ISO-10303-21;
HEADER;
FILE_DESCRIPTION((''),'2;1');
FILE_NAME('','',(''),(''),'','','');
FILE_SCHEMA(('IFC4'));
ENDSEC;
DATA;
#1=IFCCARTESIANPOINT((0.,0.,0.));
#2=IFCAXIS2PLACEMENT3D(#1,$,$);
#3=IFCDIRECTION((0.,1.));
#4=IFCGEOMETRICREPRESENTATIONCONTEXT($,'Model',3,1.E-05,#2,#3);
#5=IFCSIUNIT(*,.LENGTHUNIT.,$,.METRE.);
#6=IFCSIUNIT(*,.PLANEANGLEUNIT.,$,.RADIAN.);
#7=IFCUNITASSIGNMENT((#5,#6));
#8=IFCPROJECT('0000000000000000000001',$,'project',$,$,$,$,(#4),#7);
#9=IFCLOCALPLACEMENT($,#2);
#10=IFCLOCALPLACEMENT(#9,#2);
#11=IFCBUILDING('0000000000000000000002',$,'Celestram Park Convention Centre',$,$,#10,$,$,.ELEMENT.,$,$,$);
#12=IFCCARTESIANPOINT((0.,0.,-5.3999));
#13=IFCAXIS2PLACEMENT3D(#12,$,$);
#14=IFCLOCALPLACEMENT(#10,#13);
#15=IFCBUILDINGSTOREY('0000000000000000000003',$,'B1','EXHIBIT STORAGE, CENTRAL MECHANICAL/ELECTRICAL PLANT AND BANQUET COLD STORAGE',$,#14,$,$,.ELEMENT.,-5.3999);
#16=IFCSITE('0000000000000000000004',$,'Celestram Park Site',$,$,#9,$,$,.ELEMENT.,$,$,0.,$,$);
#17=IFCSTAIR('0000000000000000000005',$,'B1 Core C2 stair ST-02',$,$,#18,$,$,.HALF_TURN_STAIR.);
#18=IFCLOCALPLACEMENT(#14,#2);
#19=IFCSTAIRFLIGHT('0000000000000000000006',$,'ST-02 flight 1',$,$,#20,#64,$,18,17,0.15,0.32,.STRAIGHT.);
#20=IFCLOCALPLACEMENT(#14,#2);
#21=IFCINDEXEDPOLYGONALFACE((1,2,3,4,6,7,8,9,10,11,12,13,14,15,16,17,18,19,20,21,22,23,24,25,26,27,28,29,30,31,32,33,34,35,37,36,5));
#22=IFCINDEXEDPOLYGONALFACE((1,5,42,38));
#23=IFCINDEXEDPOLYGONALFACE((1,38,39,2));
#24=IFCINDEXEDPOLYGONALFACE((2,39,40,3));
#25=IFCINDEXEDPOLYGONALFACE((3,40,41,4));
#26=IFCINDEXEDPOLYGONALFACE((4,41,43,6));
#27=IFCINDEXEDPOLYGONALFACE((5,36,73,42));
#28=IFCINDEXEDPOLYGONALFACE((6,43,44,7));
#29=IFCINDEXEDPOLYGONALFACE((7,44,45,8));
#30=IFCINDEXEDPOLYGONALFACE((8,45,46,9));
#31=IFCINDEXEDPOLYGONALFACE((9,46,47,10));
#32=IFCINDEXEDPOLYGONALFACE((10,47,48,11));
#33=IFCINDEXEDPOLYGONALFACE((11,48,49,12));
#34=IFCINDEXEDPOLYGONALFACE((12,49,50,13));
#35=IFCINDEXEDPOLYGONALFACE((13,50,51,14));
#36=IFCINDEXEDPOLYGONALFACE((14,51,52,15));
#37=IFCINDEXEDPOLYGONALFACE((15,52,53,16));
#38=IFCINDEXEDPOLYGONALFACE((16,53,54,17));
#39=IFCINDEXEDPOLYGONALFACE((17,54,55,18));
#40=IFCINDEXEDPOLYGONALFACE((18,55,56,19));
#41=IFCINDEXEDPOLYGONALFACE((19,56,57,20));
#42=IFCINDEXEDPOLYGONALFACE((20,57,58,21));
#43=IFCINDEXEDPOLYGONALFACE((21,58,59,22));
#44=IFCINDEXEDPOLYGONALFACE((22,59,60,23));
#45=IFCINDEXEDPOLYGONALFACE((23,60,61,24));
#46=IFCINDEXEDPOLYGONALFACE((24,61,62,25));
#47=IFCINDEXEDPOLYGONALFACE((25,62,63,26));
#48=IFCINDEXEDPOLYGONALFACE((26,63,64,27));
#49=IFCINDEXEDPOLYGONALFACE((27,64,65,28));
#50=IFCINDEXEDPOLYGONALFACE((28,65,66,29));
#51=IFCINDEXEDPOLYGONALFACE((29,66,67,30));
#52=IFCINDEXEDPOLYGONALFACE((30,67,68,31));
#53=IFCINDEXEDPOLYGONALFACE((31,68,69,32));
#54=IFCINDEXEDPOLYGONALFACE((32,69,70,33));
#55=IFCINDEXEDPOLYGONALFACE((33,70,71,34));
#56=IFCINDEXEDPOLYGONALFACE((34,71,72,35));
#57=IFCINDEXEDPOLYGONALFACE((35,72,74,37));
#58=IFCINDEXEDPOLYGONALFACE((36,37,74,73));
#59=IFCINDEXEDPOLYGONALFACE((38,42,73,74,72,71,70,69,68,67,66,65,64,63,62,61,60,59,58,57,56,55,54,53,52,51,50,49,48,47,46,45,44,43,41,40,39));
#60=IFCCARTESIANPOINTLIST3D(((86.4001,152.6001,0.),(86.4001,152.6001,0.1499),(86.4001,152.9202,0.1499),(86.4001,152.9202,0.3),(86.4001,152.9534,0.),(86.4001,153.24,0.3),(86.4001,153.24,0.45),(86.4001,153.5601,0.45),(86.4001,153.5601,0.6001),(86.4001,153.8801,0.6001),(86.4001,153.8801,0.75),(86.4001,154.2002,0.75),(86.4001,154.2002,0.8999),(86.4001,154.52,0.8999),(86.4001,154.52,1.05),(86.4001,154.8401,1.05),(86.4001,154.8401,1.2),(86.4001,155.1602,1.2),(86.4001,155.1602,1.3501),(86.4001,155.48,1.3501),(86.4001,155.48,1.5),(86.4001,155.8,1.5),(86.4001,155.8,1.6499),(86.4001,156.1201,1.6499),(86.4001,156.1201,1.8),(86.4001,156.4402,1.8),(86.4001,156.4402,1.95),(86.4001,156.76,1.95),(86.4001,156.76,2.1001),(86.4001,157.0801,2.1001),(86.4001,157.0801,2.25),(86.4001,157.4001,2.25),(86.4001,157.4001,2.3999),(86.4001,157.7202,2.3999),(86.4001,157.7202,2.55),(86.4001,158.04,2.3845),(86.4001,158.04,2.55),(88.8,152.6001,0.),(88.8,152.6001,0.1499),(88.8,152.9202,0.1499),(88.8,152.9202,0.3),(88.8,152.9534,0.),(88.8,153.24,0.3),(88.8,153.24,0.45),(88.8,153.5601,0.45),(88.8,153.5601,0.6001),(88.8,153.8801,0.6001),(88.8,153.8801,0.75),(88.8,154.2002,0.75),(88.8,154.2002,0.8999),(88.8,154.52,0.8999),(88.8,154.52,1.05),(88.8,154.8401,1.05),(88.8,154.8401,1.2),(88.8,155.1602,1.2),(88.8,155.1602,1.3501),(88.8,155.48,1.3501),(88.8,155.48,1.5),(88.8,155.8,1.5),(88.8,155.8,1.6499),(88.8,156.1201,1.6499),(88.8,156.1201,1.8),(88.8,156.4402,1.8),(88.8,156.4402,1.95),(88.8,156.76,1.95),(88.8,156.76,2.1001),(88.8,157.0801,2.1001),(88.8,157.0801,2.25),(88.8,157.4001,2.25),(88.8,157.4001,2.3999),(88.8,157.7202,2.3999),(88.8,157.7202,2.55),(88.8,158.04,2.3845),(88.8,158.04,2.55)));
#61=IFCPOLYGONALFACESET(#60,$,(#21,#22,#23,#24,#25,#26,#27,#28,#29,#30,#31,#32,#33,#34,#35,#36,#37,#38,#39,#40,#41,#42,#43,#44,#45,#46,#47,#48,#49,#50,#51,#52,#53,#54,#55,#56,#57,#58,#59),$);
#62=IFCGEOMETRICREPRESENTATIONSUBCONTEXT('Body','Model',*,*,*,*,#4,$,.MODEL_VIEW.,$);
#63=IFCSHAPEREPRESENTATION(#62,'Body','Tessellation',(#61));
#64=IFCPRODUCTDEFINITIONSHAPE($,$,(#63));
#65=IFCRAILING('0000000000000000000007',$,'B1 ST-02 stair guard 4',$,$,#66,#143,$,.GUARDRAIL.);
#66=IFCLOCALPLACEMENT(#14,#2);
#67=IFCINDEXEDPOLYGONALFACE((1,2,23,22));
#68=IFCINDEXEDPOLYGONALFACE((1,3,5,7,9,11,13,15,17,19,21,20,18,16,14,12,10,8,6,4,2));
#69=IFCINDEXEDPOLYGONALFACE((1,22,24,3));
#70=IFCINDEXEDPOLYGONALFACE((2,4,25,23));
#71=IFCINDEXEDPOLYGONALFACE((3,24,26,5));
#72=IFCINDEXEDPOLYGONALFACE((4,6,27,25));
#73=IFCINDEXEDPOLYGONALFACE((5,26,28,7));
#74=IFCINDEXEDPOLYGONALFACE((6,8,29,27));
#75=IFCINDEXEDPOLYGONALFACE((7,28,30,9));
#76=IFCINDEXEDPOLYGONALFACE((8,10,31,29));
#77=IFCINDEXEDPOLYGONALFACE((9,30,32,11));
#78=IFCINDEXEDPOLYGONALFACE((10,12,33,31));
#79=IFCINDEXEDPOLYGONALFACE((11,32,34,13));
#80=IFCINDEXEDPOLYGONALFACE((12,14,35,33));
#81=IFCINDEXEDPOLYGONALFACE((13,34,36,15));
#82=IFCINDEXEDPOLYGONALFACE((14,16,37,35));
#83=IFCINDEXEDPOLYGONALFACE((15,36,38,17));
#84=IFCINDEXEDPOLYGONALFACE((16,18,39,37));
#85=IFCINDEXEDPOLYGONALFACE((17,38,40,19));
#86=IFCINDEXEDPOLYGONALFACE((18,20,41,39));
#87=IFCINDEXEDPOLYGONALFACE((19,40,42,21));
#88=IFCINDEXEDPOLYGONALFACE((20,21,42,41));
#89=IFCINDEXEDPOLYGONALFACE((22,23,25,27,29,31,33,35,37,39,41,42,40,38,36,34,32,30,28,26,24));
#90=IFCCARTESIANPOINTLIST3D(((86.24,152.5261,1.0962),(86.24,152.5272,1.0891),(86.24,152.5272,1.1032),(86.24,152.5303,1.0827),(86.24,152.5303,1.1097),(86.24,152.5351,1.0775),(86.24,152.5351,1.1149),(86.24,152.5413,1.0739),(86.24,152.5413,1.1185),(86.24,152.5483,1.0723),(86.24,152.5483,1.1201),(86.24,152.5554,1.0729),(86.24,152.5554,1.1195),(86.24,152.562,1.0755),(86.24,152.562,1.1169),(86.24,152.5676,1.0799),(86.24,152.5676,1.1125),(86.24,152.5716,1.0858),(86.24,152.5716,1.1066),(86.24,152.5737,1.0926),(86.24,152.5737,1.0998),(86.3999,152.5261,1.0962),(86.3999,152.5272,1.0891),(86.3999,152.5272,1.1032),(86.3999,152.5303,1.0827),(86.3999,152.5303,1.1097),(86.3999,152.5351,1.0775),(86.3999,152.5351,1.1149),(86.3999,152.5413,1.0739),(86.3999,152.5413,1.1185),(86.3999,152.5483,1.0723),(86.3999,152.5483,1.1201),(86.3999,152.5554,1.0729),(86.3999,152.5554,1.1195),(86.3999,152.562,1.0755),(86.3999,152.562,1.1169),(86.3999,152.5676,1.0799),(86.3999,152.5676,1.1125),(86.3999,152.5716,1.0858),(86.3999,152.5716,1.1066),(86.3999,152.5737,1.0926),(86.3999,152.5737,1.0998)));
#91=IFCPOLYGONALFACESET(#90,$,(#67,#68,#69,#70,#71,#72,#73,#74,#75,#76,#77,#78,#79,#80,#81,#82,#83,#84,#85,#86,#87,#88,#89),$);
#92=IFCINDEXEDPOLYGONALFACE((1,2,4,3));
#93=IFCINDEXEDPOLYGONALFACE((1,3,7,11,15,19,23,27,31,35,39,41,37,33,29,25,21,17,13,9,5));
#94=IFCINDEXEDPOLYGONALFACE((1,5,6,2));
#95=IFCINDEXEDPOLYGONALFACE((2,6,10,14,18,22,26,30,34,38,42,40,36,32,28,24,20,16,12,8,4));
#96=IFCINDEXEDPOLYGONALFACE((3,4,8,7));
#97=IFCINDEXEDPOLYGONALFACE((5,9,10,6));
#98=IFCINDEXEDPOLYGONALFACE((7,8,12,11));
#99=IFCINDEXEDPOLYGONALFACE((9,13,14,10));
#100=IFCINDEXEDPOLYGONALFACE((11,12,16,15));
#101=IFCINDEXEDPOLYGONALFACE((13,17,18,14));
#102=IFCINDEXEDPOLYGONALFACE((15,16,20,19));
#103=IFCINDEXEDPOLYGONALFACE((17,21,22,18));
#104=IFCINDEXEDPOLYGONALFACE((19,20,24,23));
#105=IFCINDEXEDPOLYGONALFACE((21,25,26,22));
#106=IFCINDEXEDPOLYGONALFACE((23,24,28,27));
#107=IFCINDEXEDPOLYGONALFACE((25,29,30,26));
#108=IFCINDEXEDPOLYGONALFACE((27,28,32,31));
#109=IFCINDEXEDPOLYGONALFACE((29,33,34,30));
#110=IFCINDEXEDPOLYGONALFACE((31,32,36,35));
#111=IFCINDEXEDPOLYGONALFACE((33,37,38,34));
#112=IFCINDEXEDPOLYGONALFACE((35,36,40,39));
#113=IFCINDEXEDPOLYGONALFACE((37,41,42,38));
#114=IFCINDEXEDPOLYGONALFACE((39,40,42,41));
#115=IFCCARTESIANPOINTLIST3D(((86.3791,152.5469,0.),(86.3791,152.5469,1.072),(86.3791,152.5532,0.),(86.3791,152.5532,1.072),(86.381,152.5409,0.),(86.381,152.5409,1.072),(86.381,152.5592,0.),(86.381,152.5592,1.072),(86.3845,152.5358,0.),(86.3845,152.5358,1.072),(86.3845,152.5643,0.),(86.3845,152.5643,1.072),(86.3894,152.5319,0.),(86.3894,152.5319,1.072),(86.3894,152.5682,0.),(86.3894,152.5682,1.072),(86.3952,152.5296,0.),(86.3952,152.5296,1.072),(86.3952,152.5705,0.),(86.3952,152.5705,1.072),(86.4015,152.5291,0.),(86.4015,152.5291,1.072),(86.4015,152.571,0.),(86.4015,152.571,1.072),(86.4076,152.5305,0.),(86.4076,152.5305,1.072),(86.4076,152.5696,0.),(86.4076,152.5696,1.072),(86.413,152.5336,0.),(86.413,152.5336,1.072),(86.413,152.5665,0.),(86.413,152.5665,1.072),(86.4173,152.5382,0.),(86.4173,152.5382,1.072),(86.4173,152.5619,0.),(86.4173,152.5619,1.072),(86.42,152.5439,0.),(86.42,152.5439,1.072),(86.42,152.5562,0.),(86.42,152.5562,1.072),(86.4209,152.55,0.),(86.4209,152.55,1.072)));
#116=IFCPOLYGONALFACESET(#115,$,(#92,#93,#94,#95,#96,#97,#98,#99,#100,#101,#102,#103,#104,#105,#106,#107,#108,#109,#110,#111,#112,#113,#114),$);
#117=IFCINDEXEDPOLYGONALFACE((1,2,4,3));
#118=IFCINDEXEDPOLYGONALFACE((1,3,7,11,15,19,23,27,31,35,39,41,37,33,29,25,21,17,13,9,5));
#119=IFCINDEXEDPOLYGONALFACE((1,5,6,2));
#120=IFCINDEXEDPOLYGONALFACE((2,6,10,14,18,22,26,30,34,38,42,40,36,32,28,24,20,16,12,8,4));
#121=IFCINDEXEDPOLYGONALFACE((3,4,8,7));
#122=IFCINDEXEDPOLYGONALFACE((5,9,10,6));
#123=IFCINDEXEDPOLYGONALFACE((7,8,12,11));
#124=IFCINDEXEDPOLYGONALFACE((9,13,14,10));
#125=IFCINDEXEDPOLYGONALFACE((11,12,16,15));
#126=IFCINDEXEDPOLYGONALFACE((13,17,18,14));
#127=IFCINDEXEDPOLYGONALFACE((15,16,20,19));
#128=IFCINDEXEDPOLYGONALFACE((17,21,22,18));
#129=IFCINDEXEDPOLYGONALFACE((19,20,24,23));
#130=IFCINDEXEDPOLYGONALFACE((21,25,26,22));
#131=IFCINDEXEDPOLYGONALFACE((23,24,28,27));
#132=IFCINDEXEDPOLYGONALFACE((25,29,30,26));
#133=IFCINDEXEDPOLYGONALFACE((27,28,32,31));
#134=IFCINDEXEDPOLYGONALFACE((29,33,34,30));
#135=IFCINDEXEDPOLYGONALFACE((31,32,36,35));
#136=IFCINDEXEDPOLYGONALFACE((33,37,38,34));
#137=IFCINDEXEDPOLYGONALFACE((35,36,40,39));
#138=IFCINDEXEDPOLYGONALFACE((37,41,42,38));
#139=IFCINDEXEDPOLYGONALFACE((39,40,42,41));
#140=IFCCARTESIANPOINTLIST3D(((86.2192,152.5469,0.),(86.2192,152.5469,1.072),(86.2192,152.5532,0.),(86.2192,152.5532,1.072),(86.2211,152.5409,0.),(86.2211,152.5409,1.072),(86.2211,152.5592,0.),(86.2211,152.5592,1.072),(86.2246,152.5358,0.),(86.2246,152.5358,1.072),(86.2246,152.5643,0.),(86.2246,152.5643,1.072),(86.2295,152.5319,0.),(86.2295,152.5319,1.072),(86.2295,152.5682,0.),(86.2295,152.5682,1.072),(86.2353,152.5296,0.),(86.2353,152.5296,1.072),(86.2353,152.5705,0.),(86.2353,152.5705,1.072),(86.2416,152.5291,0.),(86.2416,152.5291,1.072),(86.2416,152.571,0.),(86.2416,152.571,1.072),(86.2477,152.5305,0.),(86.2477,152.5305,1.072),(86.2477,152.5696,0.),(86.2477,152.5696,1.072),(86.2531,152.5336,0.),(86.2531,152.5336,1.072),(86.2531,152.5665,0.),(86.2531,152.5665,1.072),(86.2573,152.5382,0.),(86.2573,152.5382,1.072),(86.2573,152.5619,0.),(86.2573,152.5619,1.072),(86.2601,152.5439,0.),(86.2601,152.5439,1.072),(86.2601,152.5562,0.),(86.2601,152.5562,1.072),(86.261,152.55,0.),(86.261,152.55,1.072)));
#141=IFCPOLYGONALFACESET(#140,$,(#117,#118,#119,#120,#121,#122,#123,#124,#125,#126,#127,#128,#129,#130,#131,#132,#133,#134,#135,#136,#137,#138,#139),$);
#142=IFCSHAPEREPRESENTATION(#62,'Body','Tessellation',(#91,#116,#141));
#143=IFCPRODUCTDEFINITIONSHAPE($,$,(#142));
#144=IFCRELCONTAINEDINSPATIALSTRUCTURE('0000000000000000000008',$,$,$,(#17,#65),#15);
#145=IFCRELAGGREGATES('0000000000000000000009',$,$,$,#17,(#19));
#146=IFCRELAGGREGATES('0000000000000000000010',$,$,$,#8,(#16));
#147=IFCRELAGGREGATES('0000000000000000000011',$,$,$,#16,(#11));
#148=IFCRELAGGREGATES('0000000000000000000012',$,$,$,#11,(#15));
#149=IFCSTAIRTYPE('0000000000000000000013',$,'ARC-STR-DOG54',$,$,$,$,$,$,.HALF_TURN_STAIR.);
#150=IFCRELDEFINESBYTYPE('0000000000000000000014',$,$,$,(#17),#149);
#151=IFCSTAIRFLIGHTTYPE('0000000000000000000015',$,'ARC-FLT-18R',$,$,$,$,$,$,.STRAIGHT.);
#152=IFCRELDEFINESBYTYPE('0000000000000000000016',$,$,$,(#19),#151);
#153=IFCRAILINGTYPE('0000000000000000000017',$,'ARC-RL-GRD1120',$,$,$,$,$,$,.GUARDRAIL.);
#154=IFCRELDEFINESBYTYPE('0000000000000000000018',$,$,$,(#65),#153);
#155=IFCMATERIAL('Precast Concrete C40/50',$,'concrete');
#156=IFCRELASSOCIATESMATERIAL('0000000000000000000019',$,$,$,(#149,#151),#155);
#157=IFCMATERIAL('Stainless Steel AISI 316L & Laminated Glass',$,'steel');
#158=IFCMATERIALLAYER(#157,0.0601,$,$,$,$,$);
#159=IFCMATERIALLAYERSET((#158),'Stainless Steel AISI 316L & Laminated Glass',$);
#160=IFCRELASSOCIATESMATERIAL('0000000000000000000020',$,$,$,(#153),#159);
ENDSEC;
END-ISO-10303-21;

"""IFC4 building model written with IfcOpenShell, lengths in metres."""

from ifc_helpers import new_model, si_unit, direction, frame, origin, origin_2d, place, context, subcontext, project, spatial, polyline, circle, outline, extrude, material, layer, layer_set, type_object, element, aggregate, save


model = new_model("IFC4")

# Units and contexts
model_context = context("Model", 3, precision=1e-05, world=origin(), true_north=direction((0.0, 1.0)))
body_context = subcontext(model_context, "Body", "Model", "MODEL_VIEW")
ifc_project = project(units=[si_unit("LENGTHUNIT", "METRE"), si_unit("PLANEANGLEUNIT", "RADIAN")], contexts=[model_context])

# Site, building, storey
site_placement = place(None, origin())
site = spatial("IfcSite", under=ifc_project, at=site_placement, Name="Celestram Park Site", CompositionType="ELEMENT", RefElevation=0.0)
building_placement = place(site_placement, origin())
building = spatial("IfcBuilding", under=site, at=building_placement, Name="Celestram Park Convention Centre", CompositionType="ELEMENT")
storey_placement = place(building_placement, frame((0.0, 0.0, -5.3999)))
storey = spatial("IfcBuildingStorey", under=building, at=storey_placement, Name="B1", Description="EXHIBIT STORAGE, CENTRAL MECHANICAL/ELECTRICAL PLANT AND BANQUET COLD STORAGE", CompositionType="ELEMENT", Elevation=-5.3999)

# Stair, stair flight
ifc_material_1 = material(Name="Precast Concrete C40/50", Category="concrete")
stair_type = type_object("IfcStairType", Name="ARC-STR-DOG54", PredefinedType="HALF_TURN_STAIR", material=ifc_material_1)
stair_placement = place(storey_placement, origin())
stair = element("IfcStair", 1, at=stair_placement, inside=storey, type_object=stair_type, Name="B1 Core C2 stair ST-02", PredefinedType="HALF_TURN_STAIR")
stair_flight_type = type_object("IfcStairFlightType", Name="ARC-FLT-18R", PredefinedType="STRAIGHT", material=ifc_material_1)
stair_flight_placement = place(storey_placement, frame((87.6001, 152.6001, 0.0), z_axis=(0.0, 0.0, 1.0), x_axis=(0.0, 1.0, 0.0)))
stair_flight = element("IfcStairFlight", 2, at=stair_flight_placement, type_object=stair_flight_type, Name="ST-02 flight 1", NumberOfRisers=18, NumberOfTreads=17, PredefinedType="STRAIGHT", RiserHeight=0.15, TreadLength=0.32, context=body_context, shape_type="SweptSolid", body=[
    extrude(outline(polyline([(0.0, 0.0), (0.0, 0.1499), (0.3201, 0.1499), (0.3201, 0.3), (0.6399, 0.3), (0.6399, 0.45), (0.96, 0.45), (0.96, 0.6001), (1.28, 0.6001), (1.28, 0.75), (1.6001, 0.75), (1.6001, 0.8999), (1.9199, 0.8999), (1.9199, 1.05), (2.24, 1.05), (2.24, 1.2), (2.5601, 1.2), (2.5601, 1.3501), (2.8799, 1.3501), (2.8799, 1.5), (3.2, 1.5), (3.2, 1.6499), (3.52, 1.6499), (3.52, 1.8), (3.8401, 1.8), (3.8401, 1.95), (4.1599, 1.95), (4.1599, 2.1001), (4.48, 2.1001), (4.48, 2.25), (4.8, 2.25), (4.8, 2.3999), (5.1201, 2.3999), (5.1201, 2.55), (5.4399, 2.55), (5.4399, 2.7), (5.4399, 2.3845), (0.3533, 0.0), (0.0, 0.0)])), frame((0.0, 1.2, 0.0), z_axis=(0.0, -1.0, 0.0), x_axis=(1.0, 0.0, 0.0)), (0.0, 0.0, 1.0), 2.3999),
])
aggregate(stair, [stair_flight])

# Railing
ifc_material_2 = material(Name="Stainless Steel AISI 316L & Laminated Glass", Category="steel")
ifc_layer_1 = layer(ifc_material_2, 0.0601)
ifc_layer_set_1 = layer_set([ifc_layer_1], Name="Stainless Steel AISI 316L & Laminated Glass")
railing_type_1 = type_object("IfcRailingType", Name="ARC-RL-GRD1120", PredefinedType="GUARDRAIL", material=ifc_layer_set_1)
railing_1_placement = place(storey_placement, frame((86.3999, 152.55, 0.0)))
element("IfcRailing", 3, at=railing_1_placement, inside=storey, type_object=railing_type_1, Name="B1 ST-02 stair guard 4", PredefinedType="GUARDRAIL", context=body_context, shape_type="SweptSolid", body=[
    extrude(circle(Radius=0.0239, at=origin_2d()), frame((0.0, 0.0, 1.0962), z_axis=(-1.0, 0.0, 0.0), x_axis=(0.0, -1.0, 0.0)), (0.0, 0.0, 1.0), 0.1599),
    extrude(circle(Radius=0.021, at=origin_2d()), origin(), (0.0, 0.0, 1.0), 1.072),
    extrude(circle(Radius=0.021, at=origin_2d()), frame((-0.1599, 0.0, 0.0)), (0.0, 0.0, 1.0), 1.072),
])

save(model, "model.ifc")
